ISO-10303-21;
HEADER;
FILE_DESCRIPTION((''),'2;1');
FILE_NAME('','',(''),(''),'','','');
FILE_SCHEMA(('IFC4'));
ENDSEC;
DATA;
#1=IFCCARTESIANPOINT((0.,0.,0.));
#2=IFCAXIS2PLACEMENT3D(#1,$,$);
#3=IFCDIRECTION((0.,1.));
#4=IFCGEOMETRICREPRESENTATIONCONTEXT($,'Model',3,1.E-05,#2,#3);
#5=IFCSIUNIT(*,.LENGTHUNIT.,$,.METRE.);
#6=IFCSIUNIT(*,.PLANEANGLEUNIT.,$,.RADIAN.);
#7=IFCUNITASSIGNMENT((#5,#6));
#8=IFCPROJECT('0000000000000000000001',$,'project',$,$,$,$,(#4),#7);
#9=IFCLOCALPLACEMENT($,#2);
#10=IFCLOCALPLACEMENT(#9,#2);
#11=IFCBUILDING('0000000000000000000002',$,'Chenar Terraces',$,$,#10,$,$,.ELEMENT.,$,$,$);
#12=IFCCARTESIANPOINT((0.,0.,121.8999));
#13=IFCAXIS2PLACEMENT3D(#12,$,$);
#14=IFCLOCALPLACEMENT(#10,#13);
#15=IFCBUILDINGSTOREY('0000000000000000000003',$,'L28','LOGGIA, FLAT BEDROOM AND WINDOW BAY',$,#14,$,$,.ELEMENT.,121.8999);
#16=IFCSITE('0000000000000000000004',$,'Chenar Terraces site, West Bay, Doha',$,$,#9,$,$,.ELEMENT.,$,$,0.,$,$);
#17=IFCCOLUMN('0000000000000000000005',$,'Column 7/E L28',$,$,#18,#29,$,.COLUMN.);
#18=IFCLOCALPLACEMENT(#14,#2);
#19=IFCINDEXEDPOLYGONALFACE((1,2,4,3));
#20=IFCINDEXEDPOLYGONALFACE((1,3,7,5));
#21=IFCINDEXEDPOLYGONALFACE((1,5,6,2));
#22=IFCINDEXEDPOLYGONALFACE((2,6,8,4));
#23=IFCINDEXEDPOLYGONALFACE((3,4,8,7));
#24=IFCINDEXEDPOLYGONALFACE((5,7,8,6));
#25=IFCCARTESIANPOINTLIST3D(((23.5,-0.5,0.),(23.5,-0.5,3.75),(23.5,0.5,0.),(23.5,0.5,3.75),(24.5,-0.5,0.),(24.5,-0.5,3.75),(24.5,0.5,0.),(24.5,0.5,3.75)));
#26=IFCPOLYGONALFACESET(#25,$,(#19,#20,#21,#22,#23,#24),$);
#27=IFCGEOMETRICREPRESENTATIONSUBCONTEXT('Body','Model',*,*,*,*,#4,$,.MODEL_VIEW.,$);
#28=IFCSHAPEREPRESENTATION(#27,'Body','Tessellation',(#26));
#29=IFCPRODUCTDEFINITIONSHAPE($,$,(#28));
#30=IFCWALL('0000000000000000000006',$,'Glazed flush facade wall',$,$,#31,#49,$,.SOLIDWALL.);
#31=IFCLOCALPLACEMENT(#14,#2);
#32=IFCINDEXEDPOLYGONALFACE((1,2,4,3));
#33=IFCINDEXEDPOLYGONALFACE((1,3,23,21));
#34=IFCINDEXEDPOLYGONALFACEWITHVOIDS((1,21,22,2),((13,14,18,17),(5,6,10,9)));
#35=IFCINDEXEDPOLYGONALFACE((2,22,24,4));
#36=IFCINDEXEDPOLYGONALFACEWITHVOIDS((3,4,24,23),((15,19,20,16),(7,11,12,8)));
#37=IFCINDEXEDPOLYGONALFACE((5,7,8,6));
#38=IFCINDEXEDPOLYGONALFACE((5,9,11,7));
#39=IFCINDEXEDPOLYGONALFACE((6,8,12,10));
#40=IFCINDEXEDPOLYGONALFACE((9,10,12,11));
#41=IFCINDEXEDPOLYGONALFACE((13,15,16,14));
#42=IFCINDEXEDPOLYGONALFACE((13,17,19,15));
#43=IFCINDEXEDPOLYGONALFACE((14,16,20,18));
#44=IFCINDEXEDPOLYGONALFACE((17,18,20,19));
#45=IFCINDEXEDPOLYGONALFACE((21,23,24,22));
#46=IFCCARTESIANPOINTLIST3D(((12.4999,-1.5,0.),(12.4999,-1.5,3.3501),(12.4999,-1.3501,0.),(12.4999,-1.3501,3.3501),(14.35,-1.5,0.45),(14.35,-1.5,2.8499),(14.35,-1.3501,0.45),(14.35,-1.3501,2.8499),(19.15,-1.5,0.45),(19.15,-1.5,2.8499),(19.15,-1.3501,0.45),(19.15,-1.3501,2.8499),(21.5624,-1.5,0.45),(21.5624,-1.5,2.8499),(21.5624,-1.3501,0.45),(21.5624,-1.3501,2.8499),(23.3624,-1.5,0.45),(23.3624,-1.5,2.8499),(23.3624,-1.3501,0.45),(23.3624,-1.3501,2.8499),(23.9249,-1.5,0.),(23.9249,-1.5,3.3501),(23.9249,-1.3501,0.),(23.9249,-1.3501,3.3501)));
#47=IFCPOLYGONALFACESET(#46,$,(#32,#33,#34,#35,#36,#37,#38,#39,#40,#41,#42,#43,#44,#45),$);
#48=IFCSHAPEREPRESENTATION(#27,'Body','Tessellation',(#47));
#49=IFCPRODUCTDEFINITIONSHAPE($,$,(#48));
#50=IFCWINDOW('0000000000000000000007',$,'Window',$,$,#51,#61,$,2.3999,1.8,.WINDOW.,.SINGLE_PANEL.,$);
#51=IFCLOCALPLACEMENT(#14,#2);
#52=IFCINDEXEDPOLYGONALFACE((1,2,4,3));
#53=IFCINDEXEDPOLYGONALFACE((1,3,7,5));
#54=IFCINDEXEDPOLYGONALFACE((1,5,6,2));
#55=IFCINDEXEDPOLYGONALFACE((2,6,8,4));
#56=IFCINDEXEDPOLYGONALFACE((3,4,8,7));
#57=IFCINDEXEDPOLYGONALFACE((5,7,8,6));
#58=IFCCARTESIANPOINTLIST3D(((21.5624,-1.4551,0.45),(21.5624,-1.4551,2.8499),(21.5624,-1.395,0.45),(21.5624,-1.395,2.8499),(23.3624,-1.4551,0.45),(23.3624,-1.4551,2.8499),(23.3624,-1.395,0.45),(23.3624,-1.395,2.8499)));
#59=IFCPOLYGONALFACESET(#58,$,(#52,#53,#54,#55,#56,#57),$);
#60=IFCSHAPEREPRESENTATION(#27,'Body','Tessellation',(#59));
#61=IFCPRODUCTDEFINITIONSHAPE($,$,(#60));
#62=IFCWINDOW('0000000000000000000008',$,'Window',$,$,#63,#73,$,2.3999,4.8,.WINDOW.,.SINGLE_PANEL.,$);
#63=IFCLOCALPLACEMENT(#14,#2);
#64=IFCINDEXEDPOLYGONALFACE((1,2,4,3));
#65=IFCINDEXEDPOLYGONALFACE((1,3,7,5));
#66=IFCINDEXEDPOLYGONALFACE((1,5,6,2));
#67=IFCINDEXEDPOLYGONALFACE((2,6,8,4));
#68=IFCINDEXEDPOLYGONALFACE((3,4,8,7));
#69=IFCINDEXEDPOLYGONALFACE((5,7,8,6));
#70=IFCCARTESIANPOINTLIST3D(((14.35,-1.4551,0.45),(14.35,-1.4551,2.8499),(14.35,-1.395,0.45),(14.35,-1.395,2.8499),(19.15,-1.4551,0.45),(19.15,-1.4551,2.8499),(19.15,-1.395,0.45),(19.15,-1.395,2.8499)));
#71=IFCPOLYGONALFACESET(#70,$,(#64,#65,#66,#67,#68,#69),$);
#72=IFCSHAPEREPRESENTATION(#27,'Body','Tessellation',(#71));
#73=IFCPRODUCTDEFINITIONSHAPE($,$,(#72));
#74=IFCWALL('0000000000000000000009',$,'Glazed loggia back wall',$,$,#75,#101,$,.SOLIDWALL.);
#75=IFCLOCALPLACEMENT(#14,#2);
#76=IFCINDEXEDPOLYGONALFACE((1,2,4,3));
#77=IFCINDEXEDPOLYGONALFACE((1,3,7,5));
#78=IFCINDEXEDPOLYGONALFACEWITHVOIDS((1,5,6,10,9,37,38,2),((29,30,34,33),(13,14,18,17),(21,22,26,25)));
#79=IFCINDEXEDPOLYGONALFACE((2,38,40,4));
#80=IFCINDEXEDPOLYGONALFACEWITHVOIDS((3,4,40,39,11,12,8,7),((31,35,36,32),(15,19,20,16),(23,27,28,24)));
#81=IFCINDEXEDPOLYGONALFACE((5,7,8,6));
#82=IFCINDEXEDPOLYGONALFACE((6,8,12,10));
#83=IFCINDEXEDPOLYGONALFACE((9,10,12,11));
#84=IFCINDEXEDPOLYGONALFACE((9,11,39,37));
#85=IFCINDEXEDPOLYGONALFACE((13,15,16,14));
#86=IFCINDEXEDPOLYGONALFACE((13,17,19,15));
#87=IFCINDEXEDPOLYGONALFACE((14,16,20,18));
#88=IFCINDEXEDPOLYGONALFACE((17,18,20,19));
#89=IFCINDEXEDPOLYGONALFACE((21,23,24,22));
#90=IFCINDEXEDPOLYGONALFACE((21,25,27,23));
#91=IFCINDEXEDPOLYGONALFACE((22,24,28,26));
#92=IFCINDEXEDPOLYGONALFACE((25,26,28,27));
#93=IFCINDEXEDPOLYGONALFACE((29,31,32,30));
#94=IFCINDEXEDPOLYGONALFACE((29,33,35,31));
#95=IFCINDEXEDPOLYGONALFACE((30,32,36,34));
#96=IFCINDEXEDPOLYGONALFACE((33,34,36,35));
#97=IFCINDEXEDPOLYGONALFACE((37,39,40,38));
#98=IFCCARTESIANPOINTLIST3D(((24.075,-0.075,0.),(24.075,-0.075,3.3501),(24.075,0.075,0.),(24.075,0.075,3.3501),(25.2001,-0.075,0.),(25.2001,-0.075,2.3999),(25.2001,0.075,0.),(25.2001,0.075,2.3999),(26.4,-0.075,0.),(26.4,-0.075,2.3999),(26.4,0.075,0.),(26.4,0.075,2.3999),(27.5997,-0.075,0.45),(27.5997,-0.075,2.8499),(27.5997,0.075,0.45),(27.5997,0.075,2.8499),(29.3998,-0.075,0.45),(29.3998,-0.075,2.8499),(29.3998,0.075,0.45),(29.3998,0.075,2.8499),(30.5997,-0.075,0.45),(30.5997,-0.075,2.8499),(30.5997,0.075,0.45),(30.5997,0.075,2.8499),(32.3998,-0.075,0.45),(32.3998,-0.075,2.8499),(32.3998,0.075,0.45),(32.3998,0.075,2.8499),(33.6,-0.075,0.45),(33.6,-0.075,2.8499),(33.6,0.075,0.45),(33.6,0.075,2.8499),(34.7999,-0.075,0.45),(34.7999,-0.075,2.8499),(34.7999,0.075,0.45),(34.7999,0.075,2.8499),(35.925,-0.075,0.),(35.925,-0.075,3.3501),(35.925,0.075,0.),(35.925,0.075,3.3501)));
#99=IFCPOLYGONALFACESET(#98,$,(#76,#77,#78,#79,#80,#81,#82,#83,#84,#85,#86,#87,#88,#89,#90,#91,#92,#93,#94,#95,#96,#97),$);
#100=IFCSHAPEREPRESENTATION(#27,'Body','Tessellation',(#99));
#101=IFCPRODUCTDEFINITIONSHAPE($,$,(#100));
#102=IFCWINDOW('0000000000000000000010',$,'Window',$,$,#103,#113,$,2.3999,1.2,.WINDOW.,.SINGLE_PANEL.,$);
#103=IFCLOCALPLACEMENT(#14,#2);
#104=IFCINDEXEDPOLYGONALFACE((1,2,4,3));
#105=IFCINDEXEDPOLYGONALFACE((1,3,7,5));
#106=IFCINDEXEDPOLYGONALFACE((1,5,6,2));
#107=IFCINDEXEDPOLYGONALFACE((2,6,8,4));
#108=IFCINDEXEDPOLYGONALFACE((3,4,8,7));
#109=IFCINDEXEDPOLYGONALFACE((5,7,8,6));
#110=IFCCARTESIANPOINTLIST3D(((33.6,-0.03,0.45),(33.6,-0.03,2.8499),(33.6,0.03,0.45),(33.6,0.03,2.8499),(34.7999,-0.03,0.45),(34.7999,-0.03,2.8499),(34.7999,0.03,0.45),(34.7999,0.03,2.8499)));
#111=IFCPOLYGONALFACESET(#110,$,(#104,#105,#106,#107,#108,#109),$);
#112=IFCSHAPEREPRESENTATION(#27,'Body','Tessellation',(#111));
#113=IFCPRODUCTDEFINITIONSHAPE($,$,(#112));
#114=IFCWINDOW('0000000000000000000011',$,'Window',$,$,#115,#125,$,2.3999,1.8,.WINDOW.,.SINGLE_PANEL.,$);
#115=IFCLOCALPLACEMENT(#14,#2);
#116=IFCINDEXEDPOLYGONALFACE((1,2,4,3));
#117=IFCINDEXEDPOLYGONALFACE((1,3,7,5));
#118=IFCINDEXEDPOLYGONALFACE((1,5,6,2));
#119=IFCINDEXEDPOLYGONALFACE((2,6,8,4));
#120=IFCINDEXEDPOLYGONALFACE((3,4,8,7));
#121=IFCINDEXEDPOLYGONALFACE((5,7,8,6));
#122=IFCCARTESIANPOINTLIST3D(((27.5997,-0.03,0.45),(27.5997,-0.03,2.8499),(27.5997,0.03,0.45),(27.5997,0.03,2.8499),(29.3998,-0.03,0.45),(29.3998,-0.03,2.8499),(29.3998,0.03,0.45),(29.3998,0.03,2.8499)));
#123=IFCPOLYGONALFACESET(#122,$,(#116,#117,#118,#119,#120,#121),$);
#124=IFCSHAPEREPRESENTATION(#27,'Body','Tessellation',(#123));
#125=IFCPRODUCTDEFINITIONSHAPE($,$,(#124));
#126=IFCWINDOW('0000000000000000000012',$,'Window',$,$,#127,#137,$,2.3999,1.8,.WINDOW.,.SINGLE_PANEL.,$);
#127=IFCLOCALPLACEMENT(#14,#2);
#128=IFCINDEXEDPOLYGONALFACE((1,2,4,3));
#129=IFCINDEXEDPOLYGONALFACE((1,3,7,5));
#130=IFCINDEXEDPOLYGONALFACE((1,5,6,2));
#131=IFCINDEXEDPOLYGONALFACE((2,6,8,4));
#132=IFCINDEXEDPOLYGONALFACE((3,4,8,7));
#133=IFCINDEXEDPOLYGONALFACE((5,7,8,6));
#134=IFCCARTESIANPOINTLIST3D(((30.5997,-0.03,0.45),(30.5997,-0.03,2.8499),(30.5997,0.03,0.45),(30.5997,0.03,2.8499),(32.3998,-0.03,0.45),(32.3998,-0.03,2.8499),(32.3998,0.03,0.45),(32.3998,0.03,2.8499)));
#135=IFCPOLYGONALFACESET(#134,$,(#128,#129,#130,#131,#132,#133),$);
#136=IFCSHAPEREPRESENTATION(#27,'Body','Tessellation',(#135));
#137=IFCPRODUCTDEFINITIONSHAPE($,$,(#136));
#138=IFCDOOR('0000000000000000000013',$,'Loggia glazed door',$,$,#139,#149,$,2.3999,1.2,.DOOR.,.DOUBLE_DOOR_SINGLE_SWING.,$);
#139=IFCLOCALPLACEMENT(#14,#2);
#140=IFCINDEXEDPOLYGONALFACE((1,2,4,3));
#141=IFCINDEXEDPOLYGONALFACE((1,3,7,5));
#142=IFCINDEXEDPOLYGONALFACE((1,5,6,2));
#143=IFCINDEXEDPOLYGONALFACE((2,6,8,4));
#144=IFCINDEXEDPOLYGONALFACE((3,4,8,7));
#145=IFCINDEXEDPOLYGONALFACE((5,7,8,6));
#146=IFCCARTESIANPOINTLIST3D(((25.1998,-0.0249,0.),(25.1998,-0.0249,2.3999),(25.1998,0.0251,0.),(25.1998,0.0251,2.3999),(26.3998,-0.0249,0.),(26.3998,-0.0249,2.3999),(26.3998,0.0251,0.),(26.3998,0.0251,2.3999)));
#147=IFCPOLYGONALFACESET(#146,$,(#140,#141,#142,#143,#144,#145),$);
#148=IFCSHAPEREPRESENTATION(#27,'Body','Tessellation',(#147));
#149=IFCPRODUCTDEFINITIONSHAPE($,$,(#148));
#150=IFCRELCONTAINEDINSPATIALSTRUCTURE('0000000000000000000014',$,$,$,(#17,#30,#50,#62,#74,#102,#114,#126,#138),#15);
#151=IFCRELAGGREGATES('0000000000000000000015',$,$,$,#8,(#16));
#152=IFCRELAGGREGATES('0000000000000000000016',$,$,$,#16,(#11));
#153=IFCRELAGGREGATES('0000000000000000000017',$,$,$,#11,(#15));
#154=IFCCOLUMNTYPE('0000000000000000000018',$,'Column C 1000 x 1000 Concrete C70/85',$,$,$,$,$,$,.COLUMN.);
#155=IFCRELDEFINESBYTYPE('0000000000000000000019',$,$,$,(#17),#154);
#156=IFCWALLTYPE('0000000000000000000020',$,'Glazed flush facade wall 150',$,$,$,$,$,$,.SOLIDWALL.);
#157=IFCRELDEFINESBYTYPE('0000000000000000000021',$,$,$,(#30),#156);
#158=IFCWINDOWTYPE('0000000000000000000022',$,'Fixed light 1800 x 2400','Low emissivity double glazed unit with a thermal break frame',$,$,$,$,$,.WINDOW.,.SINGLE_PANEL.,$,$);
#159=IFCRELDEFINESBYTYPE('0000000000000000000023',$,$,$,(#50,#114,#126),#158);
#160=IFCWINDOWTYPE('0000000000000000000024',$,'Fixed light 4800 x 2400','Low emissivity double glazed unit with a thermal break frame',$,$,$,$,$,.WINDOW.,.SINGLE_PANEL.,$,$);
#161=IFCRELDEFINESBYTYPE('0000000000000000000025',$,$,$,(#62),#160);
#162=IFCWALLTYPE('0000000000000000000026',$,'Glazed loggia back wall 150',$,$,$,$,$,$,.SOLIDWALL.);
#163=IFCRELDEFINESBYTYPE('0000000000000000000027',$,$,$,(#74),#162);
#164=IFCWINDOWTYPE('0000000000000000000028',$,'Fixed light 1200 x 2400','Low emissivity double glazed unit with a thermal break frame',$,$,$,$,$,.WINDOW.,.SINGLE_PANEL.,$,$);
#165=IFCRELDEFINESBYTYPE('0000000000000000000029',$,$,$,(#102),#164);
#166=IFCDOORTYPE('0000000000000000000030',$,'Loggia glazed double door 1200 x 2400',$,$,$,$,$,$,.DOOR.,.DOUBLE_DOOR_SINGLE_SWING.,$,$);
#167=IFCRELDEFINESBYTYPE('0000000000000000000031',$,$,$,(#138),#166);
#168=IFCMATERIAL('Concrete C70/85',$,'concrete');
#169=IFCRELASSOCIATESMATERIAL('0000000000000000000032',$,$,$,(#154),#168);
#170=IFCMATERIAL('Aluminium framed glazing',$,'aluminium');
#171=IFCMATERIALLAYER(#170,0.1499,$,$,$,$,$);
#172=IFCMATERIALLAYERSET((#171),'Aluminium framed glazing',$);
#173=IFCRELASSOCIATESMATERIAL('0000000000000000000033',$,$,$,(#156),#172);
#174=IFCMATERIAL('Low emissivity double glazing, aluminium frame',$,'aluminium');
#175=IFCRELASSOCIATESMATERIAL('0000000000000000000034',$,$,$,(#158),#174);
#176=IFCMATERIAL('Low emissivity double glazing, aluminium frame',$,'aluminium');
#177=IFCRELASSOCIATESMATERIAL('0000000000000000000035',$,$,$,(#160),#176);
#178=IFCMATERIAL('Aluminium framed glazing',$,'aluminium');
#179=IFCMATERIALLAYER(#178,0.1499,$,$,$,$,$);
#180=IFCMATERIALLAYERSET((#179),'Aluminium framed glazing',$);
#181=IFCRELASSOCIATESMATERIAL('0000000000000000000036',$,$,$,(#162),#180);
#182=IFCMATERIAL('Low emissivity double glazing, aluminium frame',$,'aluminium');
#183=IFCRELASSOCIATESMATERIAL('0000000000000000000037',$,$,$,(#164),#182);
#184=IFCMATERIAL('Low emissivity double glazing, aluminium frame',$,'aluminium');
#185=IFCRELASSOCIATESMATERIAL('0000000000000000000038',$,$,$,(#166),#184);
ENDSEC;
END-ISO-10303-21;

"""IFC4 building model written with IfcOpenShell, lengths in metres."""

from ifc_helpers import new_model, si_unit, direction, frame, frame_2d, origin, origin_2d, place, context, subcontext, project, spatial, rectangle, extrude, material, layer, layer_set, material_profile, profile_set, type_object, element, fill, save


model = new_model("IFC4")

# Units and contexts
model_context = context("Model", 3, precision=1e-05, world=origin(), true_north=direction((0.0, 1.0)))
body_context = subcontext(model_context, "Body", "Model", "MODEL_VIEW")
ifc_project = project(units=[si_unit("LENGTHUNIT", "METRE"), si_unit("PLANEANGLEUNIT", "RADIAN")], contexts=[model_context])

# Site, building, storey
site_placement = place(None, origin())
site = spatial("IfcSite", under=ifc_project, at=site_placement, Name="Chenar Terraces site, West Bay, Doha", CompositionType="ELEMENT", RefElevation=0.0)
building_placement = place(site_placement, origin())
building = spatial("IfcBuilding", under=site, at=building_placement, Name="Chenar Terraces", CompositionType="ELEMENT")
storey_placement = place(building_placement, frame((0.0, 0.0, 121.8999)))
storey = spatial("IfcBuildingStorey", under=building, at=storey_placement, Name="L28", Description="LOGGIA, FLAT BEDROOM AND WINDOW BAY", CompositionType="ELEMENT", Elevation=121.8999)

# Column
ifc_material_1 = material(Name="Concrete C70/85", Category="concrete")
ifc_material_profile_1 = material_profile(ifc_material_1, rectangle(XDim=1.0, YDim=1.0, at=origin_2d()), Name="C 1000 x 1000")
ifc_profile_set_1 = profile_set([ifc_material_profile_1], Name="Concrete C70/85")
column_type = type_object("IfcColumnType", Name="Column C 1000 x 1000 Concrete C70/85", PredefinedType="COLUMN", material=ifc_profile_set_1)
column_placement = place(storey_placement, frame((24.0, 0.0, 0.0), z_axis=(0.0, 0.0, 1.0), x_axis=(1.0, 0.0, 0.0)))
element("IfcColumn", 1, at=column_placement, inside=storey, type_object=column_type, Name="Column 7/E L28", PredefinedType="COLUMN", context=body_context, shape_type="SweptSolid", body=[
    extrude(rectangle(XDim=1.0, YDim=1.0, at=origin_2d()), origin(), (0.0, 0.0, 1.0), 3.75),
])

# Wall, openings, windows
ifc_material_2 = material(Name="Aluminium framed glazing", Category="aluminium")
ifc_layer_1 = layer(ifc_material_2, 0.1499)
ifc_layer_set_1 = layer_set([ifc_layer_1], Name="Aluminium framed glazing")
wall_type_1 = type_object("IfcWallType", Name="Glazed flush facade wall 150", PredefinedType="SOLIDWALL", material=ifc_layer_set_1)
wall_1_placement = place(storey_placement, frame((12.5, -1.425, 0.0), z_axis=(0.0, 0.0, 1.0), x_axis=(1.0, 0.0, 0.0)))
wall_1 = element("IfcWall", 2, at=wall_1_placement, inside=storey, type_object=wall_type_1, Name="Glazed flush facade wall", PredefinedType="SOLIDWALL", context=body_context, shape_type="SweptSolid", body=[
    extrude(rectangle(XDim=11.425, YDim=0.1499, at=frame_2d((5.7124, 0.0))), origin(), (0.0, 0.0, 1.0), 3.3501),
])
opening_1_placement = place(wall_1_placement, frame((1.8501, 0.0, 0.45)))
opening_1 = element("IfcOpeningElement", 3, at=opening_1_placement, cuts=wall_1, PredefinedType="OPENING", context=body_context, shape_type="SweptSolid", body=[
    extrude(rectangle(XDim=4.8, YDim=2.3999, at=frame_2d((2.3999, 1.2))), frame((0.0, 0.085, 0.0), z_axis=(0.0, -1.0, 0.0), x_axis=(1.0, 0.0, 0.0)), (0.0, 0.0, 1.0), 0.1699),
])
opening_2_placement = place(wall_1_placement, frame((9.0625, 0.0, 0.45)))
opening_2 = element("IfcOpeningElement", 4, at=opening_2_placement, cuts=wall_1, PredefinedType="OPENING", context=body_context, shape_type="SweptSolid", body=[
    extrude(rectangle(XDim=1.8, YDim=2.3999, at=frame_2d((0.8999, 1.2))), frame((0.0, 0.085, 0.0), z_axis=(0.0, -1.0, 0.0), x_axis=(1.0, 0.0, 0.0)), (0.0, 0.0, 1.0), 0.1699),
])
ifc_material_3 = material(Name="Low emissivity double glazing, aluminium frame", Category="aluminium")
window_type_1 = type_object("IfcWindowType", Name="Fixed light 1800 x 2400", Description="Low emissivity double glazed unit with a thermal break frame", PartitioningType="SINGLE_PANEL", PredefinedType="WINDOW", material=ifc_material_3)
window_1_placement = place(opening_2_placement, origin())
window_1 = element("IfcWindow", 5, at=window_1_placement, inside=storey, type_object=window_type_1, Name="Window", OverallHeight=2.3999, OverallWidth=1.8, PartitioningType="SINGLE_PANEL", PredefinedType="WINDOW", context=body_context, shape_type="SweptSolid", body=[
    extrude(rectangle(XDim=1.8, YDim=2.3999, at=frame_2d((0.8999, 1.2))), frame((0.0, 0.03, 0.0), z_axis=(0.0, -1.0, 0.0), x_axis=(1.0, 0.0, 0.0)), (0.0, 0.0, 1.0), 0.0601),
])
fill(opening_2, window_1)
ifc_material_4 = material(Name="Low emissivity double glazing, aluminium frame", Category="aluminium")
window_type_2 = type_object("IfcWindowType", Name="Fixed light 4800 x 2400", Description="Low emissivity double glazed unit with a thermal break frame", PartitioningType="SINGLE_PANEL", PredefinedType="WINDOW", material=ifc_material_4)
window_2_placement = place(opening_1_placement, origin())
window_2 = element("IfcWindow", 6, at=window_2_placement, inside=storey, type_object=window_type_2, Name="Window", OverallHeight=2.3999, OverallWidth=4.8, PartitioningType="SINGLE_PANEL", PredefinedType="WINDOW", context=body_context, shape_type="SweptSolid", body=[
    extrude(rectangle(XDim=4.8, YDim=2.3999, at=frame_2d((2.3999, 1.2))), frame((0.0, 0.03, 0.0), z_axis=(0.0, -1.0, 0.0), x_axis=(1.0, 0.0, 0.0)), (0.0, 0.0, 1.0), 0.0601),
])
fill(opening_1, window_2)

# Wall, openings, windows, door
ifc_material_5 = material(Name="Aluminium framed glazing", Category="aluminium")
ifc_layer_2 = layer(ifc_material_5, 0.1499)
ifc_layer_set_2 = layer_set([ifc_layer_2], Name="Aluminium framed glazing")
wall_type_2 = type_object("IfcWallType", Name="Glazed loggia back wall 150", PredefinedType="SOLIDWALL", material=ifc_layer_set_2)
wall_2_placement = place(storey_placement, frame((24.075, 0.0, 0.0), z_axis=(0.0, 0.0, 1.0), x_axis=(1.0, 0.0, 0.0)))
wall_2 = element("IfcWall", 7, at=wall_2_placement, inside=storey, type_object=wall_type_2, Name="Glazed loggia back wall", PredefinedType="SOLIDWALL", context=body_context, shape_type="SweptSolid", body=[
    extrude(rectangle(XDim=11.8501, YDim=0.1499, at=frame_2d((5.925, 0.0))), origin(), (0.0, 0.0, 1.0), 3.3501),
])
opening_3_placement = place(wall_2_placement, frame((1.125, 0.0, 0.0)))
opening_3 = element("IfcOpeningElement", 8, at=opening_3_placement, cuts=wall_2, PredefinedType="OPENING", context=body_context, shape_type="SweptSolid", body=[
    extrude(rectangle(XDim=1.2, YDim=2.3999, at=frame_2d((0.6001, 1.2))), frame((0.0, 0.085, 0.0), z_axis=(0.0, -1.0, 0.0), x_axis=(1.0, 0.0, 0.0)), (0.0, 0.0, 1.0), 0.1699),
])
opening_4_placement = place(wall_2_placement, frame((3.5249, 0.0, 0.45)))
opening_4 = element("IfcOpeningElement", 9, at=opening_4_placement, cuts=wall_2, PredefinedType="OPENING", context=body_context, shape_type="SweptSolid", body=[
    extrude(rectangle(XDim=1.8, YDim=2.3999, at=frame_2d((0.8999, 1.2))), frame((0.0, 0.085, 0.0), z_axis=(0.0, -1.0, 0.0), x_axis=(1.0, 0.0, 0.0)), (0.0, 0.0, 1.0), 0.1699),
])
opening_5_placement = place(wall_2_placement, frame((6.5249, 0.0, 0.45)))
opening_5 = element("IfcOpeningElement", 10, at=opening_5_placement, cuts=wall_2, PredefinedType="OPENING", context=body_context, shape_type="SweptSolid", body=[
    extrude(rectangle(XDim=1.8, YDim=2.3999, at=frame_2d((0.8999, 1.2))), frame((0.0, 0.085, 0.0), z_axis=(0.0, -1.0, 0.0), x_axis=(1.0, 0.0, 0.0)), (0.0, 0.0, 1.0), 0.1699),
])
opening_6_placement = place(wall_2_placement, frame((9.5249, 0.0, 0.45)))
opening_6 = element("IfcOpeningElement", 11, at=opening_6_placement, cuts=wall_2, PredefinedType="OPENING", context=body_context, shape_type="SweptSolid", body=[
    extrude(rectangle(XDim=1.2, YDim=2.3999, at=frame_2d((0.6001, 1.2))), frame((0.0, 0.085, 0.0), z_axis=(0.0, -1.0, 0.0), x_axis=(1.0, 0.0, 0.0)), (0.0, 0.0, 1.0), 0.1699),
])
ifc_material_6 = material(Name="Low emissivity double glazing, aluminium frame", Category="aluminium")
window_type_3 = type_object("IfcWindowType", Name="Fixed light 1200 x 2400", Description="Low emissivity double glazed unit with a thermal break frame", PartitioningType="SINGLE_PANEL", PredefinedType="WINDOW", material=ifc_material_6)
window_3_placement = place(opening_6_placement, origin())
window_3 = element("IfcWindow", 12, at=window_3_placement, inside=storey, type_object=window_type_3, Name="Window", OverallHeight=2.3999, OverallWidth=1.2, PartitioningType="SINGLE_PANEL", PredefinedType="WINDOW", context=body_context, shape_type="SweptSolid", body=[
    extrude(rectangle(XDim=1.2, YDim=2.3999, at=frame_2d((0.6001, 1.2))), frame((0.0, 0.03, 0.0), z_axis=(0.0, -1.0, 0.0), x_axis=(1.0, 0.0, 0.0)), (0.0, 0.0, 1.0), 0.0601),
])
fill(opening_6, window_3)
window_4_placement = place(opening_4_placement, origin())
window_4 = element("IfcWindow", 13, at=window_4_placement, inside=storey, type_object=window_type_1, Name="Window", OverallHeight=2.3999, OverallWidth=1.8, PartitioningType="SINGLE_PANEL", PredefinedType="WINDOW", context=body_context, shape_type="SweptSolid", body=[
    extrude(rectangle(XDim=1.8, YDim=2.3999, at=frame_2d((0.8999, 1.2))), frame((0.0, 0.03, 0.0), z_axis=(0.0, -1.0, 0.0), x_axis=(1.0, 0.0, 0.0)), (0.0, 0.0, 1.0), 0.0601),
])
fill(opening_4, window_4)
window_5_placement = place(opening_5_placement, origin())
window_5 = element("IfcWindow", 14, at=window_5_placement, inside=storey, type_object=window_type_1, Name="Window", OverallHeight=2.3999, OverallWidth=1.8, PartitioningType="SINGLE_PANEL", PredefinedType="WINDOW", context=body_context, shape_type="SweptSolid", body=[
    extrude(rectangle(XDim=1.8, YDim=2.3999, at=frame_2d((0.8999, 1.2))), frame((0.0, 0.03, 0.0), z_axis=(0.0, -1.0, 0.0), x_axis=(1.0, 0.0, 0.0)), (0.0, 0.0, 1.0), 0.0601),
])
fill(opening_5, window_5)
ifc_material_7 = material(Name="Low emissivity double glazing, aluminium frame", Category="aluminium")
door_type = type_object("IfcDoorType", Name="Loggia glazed double door 1200 x 2400", OperationType="DOUBLE_DOOR_SINGLE_SWING", PredefinedType="DOOR", material=ifc_material_7)
door_placement = place(opening_3_placement, frame((1.2, 0.0, 0.0), z_axis=(0.0, 0.0, 1.0), x_axis=(-1.0, 0.0, 0.0)))
door = element("IfcDoor", 15, at=door_placement, inside=storey, type_object=door_type, Name="Loggia glazed door", OperationType="DOUBLE_DOOR_SINGLE_SWING", OverallHeight=2.3999, OverallWidth=1.2, PredefinedType="DOOR", context=body_context, shape_type="SweptSolid", body=[
    extrude(rectangle(XDim=1.2, YDim=2.3999, at=frame_2d((0.6001, 1.2))), frame((0.0, 0.0249, 0.0), z_axis=(0.0, -1.0, 0.0), x_axis=(1.0, 0.0, 0.0)), (0.0, 0.0, 1.0), 0.05),
])
fill(opening_3, door)

save(model, "model.ifc")
